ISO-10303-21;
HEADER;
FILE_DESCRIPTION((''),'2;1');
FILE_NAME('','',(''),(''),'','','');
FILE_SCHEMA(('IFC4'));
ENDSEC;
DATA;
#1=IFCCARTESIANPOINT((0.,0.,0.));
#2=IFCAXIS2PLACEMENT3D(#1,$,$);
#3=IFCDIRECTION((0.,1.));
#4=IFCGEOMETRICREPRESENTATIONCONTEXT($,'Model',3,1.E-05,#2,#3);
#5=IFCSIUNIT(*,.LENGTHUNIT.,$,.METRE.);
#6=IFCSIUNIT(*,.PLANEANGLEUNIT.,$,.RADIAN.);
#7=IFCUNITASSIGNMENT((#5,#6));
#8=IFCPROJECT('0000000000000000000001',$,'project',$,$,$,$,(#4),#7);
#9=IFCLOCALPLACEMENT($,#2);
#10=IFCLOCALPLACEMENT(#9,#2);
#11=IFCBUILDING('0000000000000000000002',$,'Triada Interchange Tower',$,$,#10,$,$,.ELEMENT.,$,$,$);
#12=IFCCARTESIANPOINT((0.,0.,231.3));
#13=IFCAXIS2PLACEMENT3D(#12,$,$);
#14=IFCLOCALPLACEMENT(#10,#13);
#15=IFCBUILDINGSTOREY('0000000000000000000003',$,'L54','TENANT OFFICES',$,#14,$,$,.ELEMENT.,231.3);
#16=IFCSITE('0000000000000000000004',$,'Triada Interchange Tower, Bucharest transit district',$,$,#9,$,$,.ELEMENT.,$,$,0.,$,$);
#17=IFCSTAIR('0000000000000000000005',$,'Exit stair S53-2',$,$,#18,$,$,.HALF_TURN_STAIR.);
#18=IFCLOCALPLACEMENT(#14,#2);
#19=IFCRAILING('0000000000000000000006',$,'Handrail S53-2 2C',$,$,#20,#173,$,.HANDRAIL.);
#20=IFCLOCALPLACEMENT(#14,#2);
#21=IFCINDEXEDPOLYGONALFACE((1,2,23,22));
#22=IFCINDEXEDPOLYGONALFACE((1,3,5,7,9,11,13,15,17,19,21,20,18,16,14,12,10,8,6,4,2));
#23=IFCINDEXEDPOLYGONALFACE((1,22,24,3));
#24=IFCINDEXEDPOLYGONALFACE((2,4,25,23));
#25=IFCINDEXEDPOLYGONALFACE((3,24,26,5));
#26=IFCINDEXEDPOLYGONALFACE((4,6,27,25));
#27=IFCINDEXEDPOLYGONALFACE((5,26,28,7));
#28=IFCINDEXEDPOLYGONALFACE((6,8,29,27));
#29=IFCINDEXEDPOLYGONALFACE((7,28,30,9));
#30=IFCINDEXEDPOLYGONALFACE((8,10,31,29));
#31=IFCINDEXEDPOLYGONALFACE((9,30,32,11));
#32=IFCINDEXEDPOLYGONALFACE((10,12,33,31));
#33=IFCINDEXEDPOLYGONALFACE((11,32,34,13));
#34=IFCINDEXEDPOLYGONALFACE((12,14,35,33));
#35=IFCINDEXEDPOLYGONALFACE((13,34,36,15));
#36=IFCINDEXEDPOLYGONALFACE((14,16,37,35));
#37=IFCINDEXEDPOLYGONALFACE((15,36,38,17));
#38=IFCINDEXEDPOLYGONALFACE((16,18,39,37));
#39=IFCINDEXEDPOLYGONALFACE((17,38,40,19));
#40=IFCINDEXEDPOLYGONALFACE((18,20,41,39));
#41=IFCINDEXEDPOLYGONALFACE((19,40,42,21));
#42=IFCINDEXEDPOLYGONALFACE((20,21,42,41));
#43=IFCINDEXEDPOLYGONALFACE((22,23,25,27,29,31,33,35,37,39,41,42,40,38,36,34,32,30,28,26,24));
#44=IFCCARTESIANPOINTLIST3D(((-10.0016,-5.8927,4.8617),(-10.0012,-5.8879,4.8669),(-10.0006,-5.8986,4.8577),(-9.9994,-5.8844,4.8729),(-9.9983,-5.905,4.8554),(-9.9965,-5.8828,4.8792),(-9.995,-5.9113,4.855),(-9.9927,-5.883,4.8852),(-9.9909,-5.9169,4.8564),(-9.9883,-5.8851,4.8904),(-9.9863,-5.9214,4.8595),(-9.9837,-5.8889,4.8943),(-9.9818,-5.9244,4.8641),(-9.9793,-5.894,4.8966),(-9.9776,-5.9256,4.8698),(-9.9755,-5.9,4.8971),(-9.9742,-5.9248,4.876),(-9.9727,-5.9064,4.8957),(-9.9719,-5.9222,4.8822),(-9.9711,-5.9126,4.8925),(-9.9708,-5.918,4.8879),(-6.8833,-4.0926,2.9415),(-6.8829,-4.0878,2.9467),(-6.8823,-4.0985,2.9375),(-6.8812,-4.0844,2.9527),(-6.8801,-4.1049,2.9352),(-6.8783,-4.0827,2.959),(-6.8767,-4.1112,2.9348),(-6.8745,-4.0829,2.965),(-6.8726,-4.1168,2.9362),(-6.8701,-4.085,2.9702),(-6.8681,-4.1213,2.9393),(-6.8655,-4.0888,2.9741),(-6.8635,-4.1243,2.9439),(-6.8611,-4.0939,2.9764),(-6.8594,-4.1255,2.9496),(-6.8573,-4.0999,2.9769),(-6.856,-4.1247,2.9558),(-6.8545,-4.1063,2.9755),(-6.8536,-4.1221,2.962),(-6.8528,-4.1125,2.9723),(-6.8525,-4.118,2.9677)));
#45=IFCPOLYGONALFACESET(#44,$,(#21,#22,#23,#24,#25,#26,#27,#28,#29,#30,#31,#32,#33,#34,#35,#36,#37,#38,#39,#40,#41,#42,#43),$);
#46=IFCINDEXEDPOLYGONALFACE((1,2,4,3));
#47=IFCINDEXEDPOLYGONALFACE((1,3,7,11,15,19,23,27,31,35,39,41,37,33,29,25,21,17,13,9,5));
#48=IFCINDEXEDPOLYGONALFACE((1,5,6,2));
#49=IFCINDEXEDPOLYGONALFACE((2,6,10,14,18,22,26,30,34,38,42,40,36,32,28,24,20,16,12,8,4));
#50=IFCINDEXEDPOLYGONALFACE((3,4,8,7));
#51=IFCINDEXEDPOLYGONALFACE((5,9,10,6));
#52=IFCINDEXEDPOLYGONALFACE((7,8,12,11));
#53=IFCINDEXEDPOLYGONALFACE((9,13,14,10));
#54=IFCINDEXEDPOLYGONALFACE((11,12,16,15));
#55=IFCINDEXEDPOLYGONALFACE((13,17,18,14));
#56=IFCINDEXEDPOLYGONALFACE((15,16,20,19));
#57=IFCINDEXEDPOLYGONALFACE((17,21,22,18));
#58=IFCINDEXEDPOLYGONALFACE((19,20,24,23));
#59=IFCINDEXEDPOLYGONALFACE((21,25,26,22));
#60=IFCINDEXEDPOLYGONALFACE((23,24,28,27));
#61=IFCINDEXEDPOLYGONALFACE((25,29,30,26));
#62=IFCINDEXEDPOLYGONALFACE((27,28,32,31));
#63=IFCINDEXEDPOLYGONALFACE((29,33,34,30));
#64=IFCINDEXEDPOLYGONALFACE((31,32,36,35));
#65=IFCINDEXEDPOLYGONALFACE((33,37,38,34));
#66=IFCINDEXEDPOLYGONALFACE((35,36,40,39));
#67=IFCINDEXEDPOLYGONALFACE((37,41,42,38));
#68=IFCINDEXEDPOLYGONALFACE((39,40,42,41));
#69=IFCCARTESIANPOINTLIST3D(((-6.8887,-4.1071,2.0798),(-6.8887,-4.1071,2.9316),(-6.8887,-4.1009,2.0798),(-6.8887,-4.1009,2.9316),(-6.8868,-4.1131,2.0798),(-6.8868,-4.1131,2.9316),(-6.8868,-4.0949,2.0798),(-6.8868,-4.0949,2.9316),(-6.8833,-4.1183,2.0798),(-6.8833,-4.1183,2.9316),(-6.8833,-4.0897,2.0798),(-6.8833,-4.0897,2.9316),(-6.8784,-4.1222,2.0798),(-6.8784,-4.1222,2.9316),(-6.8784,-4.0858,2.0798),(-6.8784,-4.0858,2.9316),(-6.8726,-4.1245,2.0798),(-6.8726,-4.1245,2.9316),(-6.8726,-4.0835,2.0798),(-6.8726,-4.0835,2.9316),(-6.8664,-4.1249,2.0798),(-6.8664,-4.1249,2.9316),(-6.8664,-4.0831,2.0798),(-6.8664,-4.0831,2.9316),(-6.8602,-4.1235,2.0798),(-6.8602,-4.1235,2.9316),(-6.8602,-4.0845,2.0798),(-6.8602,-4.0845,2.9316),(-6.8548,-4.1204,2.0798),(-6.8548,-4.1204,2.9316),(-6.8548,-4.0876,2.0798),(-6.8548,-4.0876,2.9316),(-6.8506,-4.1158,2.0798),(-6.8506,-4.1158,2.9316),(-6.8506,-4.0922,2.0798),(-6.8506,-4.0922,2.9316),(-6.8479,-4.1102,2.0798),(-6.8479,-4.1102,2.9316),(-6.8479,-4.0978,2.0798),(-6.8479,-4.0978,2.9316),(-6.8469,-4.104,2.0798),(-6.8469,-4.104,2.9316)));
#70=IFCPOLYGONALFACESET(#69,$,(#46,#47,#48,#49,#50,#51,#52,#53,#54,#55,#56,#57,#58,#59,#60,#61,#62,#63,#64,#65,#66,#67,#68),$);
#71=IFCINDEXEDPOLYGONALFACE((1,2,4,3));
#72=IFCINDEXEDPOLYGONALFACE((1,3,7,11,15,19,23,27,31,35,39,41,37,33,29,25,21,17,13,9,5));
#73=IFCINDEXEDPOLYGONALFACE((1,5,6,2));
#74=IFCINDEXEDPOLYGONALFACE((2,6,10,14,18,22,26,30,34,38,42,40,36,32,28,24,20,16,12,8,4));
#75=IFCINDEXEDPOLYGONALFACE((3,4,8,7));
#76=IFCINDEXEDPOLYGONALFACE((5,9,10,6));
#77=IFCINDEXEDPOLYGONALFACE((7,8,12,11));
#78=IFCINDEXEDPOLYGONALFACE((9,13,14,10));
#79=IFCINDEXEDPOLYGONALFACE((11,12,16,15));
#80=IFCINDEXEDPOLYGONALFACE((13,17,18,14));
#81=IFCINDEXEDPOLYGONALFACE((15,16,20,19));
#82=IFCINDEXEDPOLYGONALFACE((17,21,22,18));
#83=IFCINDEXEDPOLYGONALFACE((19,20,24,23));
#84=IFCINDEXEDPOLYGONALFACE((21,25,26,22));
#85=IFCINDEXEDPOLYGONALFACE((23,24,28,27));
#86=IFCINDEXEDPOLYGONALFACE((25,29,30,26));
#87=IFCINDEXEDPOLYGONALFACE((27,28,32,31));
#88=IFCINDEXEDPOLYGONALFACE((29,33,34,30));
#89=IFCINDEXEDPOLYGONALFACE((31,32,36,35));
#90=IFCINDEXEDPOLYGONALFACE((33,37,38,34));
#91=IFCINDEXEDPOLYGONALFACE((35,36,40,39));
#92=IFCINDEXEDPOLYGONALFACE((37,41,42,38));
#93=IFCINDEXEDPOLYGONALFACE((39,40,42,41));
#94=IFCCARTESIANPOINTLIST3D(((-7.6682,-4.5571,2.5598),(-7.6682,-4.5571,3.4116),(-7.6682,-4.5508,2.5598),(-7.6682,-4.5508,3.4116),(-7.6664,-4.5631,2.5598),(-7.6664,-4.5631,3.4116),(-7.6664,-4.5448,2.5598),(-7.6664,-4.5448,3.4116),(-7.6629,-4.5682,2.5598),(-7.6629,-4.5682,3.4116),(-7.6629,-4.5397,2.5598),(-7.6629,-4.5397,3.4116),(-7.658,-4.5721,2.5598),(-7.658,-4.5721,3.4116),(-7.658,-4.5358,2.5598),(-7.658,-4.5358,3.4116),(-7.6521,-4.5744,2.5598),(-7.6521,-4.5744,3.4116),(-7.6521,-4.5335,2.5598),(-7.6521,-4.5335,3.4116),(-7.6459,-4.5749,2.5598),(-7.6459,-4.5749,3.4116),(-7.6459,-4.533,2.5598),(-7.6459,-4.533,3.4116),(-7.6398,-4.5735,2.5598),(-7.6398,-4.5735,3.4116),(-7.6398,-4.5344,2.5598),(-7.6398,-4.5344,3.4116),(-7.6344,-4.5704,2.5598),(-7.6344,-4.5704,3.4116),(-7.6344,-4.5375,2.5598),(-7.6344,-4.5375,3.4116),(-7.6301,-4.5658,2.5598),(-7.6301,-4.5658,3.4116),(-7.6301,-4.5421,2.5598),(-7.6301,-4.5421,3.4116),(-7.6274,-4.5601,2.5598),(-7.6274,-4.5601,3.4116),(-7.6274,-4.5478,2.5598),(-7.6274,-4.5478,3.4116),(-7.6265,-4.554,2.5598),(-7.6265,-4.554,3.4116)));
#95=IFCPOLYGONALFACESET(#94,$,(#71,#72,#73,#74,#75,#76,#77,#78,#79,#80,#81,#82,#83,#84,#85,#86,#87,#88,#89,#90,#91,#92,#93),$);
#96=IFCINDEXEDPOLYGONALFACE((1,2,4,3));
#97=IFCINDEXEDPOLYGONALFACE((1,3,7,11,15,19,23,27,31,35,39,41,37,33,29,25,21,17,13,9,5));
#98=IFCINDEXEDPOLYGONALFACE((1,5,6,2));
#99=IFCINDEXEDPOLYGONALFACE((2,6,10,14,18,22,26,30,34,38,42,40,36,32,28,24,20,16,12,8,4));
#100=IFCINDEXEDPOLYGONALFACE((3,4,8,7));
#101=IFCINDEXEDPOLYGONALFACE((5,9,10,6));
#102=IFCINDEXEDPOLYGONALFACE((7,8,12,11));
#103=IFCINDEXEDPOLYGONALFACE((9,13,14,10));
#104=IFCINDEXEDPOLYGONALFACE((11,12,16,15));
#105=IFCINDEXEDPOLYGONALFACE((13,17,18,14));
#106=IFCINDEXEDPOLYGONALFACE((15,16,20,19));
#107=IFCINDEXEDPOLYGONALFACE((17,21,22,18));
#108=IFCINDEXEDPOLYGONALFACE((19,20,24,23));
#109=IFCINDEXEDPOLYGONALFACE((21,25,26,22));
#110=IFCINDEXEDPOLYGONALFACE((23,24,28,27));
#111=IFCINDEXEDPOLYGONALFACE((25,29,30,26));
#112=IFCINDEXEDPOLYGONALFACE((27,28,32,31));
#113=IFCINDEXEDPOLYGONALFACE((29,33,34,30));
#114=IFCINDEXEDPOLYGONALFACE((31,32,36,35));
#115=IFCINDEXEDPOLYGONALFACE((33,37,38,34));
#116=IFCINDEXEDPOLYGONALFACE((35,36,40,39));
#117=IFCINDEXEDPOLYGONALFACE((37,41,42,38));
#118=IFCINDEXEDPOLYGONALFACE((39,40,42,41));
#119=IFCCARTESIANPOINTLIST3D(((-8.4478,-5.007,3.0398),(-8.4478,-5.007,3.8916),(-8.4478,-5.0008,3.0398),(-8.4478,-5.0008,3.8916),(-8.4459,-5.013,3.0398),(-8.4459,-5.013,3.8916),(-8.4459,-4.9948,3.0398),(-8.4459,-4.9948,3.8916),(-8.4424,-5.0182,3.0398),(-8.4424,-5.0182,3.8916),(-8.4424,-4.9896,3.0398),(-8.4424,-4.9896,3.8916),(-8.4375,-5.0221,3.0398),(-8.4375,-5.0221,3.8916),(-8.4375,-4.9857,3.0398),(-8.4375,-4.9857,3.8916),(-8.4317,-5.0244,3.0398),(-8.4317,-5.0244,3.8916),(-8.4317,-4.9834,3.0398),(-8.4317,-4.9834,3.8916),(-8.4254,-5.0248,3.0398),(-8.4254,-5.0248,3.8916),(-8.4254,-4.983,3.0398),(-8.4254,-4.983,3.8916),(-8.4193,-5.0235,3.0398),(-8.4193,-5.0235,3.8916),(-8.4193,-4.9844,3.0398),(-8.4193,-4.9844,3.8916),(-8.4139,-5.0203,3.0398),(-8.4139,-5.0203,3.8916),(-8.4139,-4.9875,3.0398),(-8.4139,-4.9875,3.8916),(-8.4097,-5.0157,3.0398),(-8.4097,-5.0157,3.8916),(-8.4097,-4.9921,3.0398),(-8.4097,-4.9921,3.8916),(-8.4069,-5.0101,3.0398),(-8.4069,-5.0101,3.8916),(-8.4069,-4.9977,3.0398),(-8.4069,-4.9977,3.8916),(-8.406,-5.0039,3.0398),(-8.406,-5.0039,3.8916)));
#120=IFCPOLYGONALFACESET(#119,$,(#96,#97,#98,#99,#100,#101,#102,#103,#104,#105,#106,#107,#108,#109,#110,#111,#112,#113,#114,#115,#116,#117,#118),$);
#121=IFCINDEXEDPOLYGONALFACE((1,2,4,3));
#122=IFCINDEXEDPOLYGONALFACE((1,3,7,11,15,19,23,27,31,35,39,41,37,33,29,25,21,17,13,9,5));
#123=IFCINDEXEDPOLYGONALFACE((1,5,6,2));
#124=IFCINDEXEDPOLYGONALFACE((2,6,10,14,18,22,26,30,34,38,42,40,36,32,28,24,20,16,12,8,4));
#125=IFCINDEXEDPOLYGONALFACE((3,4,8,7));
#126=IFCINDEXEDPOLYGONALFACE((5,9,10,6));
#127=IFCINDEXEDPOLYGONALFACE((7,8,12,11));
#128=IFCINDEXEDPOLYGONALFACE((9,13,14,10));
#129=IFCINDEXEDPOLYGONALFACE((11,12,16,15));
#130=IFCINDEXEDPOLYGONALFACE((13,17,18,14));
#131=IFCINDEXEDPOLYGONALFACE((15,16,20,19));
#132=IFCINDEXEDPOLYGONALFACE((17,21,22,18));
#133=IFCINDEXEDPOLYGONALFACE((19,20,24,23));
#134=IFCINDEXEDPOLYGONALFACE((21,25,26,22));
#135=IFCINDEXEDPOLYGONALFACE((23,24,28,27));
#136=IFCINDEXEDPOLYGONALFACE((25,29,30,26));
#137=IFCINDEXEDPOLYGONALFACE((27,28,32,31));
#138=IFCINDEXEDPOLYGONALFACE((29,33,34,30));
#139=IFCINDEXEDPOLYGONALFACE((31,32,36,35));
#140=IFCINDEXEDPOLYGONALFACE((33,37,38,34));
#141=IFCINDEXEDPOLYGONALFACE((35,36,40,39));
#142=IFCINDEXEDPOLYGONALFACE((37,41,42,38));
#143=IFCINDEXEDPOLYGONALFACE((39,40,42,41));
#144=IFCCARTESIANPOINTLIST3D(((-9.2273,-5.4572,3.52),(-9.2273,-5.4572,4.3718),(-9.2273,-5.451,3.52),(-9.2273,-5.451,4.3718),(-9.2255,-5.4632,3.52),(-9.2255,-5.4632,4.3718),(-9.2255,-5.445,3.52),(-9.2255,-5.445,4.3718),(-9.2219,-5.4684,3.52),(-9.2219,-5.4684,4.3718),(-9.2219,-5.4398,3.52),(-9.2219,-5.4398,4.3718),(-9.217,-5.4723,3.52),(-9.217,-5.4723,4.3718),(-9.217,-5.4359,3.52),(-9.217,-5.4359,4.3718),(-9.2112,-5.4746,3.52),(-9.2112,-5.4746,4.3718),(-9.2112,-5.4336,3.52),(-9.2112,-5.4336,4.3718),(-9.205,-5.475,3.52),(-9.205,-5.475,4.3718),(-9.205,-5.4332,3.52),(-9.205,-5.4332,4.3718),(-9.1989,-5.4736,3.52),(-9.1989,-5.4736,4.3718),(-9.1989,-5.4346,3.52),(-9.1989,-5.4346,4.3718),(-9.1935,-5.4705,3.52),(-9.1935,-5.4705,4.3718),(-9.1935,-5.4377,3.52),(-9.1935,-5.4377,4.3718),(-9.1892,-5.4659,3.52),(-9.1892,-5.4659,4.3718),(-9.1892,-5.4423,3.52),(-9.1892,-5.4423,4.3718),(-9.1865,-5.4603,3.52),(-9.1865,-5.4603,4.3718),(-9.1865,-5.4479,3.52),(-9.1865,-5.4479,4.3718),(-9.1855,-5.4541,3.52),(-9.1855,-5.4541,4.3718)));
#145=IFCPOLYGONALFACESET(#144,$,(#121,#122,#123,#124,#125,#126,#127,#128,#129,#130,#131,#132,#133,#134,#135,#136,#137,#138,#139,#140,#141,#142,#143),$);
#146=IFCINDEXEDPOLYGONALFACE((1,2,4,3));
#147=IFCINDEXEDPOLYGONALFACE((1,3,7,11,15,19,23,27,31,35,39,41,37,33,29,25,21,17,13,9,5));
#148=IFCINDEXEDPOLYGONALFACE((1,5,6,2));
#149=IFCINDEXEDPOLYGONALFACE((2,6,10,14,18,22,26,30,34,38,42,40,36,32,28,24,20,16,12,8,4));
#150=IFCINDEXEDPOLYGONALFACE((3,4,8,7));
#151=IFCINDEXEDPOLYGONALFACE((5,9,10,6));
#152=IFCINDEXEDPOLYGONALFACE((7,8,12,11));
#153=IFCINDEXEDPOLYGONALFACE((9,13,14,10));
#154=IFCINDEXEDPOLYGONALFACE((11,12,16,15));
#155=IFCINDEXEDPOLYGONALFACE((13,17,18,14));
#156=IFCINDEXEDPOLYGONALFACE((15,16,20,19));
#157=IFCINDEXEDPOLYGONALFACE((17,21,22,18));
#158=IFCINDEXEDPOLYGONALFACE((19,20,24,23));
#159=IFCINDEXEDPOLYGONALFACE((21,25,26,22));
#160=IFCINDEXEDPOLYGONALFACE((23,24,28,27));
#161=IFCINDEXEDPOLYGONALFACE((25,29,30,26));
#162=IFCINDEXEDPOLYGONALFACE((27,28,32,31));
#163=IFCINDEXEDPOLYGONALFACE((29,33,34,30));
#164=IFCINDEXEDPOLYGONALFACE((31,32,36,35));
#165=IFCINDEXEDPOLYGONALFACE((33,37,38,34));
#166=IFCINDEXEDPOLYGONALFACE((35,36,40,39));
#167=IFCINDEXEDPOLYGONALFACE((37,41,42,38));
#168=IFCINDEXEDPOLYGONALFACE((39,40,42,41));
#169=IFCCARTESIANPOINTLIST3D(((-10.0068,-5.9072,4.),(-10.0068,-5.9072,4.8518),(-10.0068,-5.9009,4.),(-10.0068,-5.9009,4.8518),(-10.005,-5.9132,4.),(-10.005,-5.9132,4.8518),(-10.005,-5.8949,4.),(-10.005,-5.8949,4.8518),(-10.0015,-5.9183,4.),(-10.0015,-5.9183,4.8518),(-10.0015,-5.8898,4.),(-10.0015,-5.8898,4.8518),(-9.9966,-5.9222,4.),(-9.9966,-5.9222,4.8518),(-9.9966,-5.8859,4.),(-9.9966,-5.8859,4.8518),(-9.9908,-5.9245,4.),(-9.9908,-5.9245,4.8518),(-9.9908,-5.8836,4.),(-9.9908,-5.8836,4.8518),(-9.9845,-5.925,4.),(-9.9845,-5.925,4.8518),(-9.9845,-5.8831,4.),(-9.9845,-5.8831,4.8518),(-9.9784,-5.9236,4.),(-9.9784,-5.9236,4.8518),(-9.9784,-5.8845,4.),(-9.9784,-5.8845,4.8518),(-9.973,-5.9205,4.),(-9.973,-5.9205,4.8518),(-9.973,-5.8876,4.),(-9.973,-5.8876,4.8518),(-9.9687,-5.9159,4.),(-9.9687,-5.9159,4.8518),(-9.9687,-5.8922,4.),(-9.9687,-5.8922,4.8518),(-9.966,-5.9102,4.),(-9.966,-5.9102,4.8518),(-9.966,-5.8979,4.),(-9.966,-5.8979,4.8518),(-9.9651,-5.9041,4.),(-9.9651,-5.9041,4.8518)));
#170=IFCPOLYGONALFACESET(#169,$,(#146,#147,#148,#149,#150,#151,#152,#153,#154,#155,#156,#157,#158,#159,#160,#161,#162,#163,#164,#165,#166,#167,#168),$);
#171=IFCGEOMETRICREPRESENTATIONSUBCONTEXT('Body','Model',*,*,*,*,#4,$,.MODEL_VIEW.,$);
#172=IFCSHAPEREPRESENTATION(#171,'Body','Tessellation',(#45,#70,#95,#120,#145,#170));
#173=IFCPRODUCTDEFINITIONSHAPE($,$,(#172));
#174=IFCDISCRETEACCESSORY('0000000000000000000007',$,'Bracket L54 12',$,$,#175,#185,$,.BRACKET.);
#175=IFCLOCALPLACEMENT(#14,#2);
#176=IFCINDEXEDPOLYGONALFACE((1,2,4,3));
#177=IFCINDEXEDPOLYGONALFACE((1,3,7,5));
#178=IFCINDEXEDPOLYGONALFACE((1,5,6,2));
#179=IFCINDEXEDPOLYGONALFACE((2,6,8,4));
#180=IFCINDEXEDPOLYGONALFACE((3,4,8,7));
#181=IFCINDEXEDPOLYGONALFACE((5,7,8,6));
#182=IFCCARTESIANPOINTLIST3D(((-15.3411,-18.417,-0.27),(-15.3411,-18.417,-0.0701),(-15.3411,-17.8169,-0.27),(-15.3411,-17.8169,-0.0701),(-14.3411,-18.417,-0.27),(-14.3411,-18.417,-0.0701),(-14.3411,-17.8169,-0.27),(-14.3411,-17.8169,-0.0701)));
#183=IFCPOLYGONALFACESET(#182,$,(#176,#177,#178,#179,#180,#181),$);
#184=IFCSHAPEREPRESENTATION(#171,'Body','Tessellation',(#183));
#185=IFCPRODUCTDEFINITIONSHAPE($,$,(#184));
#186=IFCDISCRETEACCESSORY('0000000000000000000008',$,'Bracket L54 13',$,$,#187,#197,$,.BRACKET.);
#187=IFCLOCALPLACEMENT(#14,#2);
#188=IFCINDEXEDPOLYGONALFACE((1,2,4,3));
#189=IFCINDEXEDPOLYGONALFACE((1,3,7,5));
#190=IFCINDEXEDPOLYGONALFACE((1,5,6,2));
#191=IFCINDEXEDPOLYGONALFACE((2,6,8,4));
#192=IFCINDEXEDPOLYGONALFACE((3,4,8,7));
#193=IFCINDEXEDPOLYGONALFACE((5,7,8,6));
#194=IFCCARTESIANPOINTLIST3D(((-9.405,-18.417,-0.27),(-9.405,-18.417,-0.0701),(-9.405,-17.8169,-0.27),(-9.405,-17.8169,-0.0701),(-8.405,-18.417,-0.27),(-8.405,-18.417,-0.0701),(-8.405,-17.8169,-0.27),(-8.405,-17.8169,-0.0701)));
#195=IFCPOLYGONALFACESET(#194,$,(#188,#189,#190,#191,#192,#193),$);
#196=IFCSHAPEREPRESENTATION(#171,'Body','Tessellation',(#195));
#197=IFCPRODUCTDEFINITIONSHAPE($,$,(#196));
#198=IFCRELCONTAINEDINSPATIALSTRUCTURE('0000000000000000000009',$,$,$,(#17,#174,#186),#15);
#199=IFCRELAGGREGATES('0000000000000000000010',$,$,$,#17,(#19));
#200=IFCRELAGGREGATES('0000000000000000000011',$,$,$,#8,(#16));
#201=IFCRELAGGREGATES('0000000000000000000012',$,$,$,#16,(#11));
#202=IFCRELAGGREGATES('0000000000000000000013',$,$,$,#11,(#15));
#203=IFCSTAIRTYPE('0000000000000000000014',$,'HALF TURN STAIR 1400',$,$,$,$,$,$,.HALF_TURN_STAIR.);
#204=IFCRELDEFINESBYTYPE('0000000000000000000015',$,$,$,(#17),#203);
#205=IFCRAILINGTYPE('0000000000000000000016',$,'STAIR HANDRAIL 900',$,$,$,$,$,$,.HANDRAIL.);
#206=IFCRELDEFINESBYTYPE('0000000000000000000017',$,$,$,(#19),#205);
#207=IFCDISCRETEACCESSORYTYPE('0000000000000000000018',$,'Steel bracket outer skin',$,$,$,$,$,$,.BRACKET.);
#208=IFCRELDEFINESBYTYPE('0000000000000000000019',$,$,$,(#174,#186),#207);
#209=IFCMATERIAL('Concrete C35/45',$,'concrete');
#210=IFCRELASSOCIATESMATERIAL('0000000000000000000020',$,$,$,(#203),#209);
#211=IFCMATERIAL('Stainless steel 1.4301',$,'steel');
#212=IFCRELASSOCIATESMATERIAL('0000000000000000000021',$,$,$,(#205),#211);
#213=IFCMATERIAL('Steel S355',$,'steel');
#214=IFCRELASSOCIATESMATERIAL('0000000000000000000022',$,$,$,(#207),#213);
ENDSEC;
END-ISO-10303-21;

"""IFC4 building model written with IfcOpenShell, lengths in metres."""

from ifc_helpers import new_model, si_unit, direction, frame, origin, origin_2d, place, context, subcontext, project, spatial, rectangle, circle, extrude, material, type_object, element, aggregate, save


model = new_model("IFC4")

# Units and contexts
model_context = context("Model", 3, precision=1e-05, world=origin(), true_north=direction((0.0, 1.0)))
body_context = subcontext(model_context, "Body", "Model", "MODEL_VIEW")
ifc_project = project(units=[si_unit("LENGTHUNIT", "METRE"), si_unit("PLANEANGLEUNIT", "RADIAN")], contexts=[model_context])

# Site, building, storey
site_placement = place(None, origin())
site = spatial("IfcSite", under=ifc_project, at=site_placement, Name="Triada Interchange Tower, Bucharest transit district", CompositionType="ELEMENT", RefElevation=0.0)
building_placement = place(site_placement, origin())
building = spatial("IfcBuilding", under=site, at=building_placement, Name="Triada Interchange Tower", CompositionType="ELEMENT")
storey_placement = place(building_placement, frame((0.0, 0.0, 231.3)))
storey = spatial("IfcBuildingStorey", under=building, at=storey_placement, Name="L54", Description="TENANT OFFICES", CompositionType="ELEMENT", Elevation=231.3)

# Stair
ifc_material_1 = material(Name="Concrete C35/45", Category="concrete")
stair_type = type_object("IfcStairType", Name="HALF TURN STAIR 1400", PredefinedType="HALF_TURN_STAIR", material=ifc_material_1)
stair_placement = place(storey_placement, origin())
stair = element("IfcStair", 1, at=stair_placement, inside=storey, type_object=stair_type, Name="Exit stair S53-2", PredefinedType="HALF_TURN_STAIR")

# Railing
ifc_material_2 = material(Name="Stainless steel 1.4301", Category="steel")
railing_type = type_object("IfcRailingType", Name="STAIR HANDRAIL 900", PredefinedType="HANDRAIL", material=ifc_material_2)
railing_1_placement = place(storey_placement, frame((-6.8679, -4.104, 2.0798)))
railing_1 = element("IfcRailing", 2, at=railing_1_placement, type_object=railing_type, Name="Handrail S53-2 2C", PredefinedType="HANDRAIL", context=body_context, shape_type="SweptSolid", body=[
    extrude(circle(Radius=0.0239, at=origin_2d()), frame((0.0, 0.0, 0.876), z_axis=(-0.76417, -0.441139, 0.470576), x_axis=(0.499953, -0.866052, 0.0)), (0.0, 0.0, 1.0), 4.0806),
    extrude(circle(Radius=0.021, at=origin_2d()), origin(), (0.0, 0.0, 1.0), 0.8518),
    extrude(circle(Radius=0.021, at=origin_2d()), frame((-0.7795, -0.45, 0.48)), (0.0, 0.0, 1.0), 0.8518),
    extrude(circle(Radius=0.021, at=origin_2d()), frame((-1.5591, -0.8999, 0.96)), (0.0, 0.0, 1.0), 0.8518),
    extrude(circle(Radius=0.021, at=origin_2d()), frame((-2.3386, -1.3501, 1.4402)), (0.0, 0.0, 1.0), 0.8518),
    extrude(circle(Radius=0.021, at=origin_2d()), frame((-3.1182, -1.8, 1.9202)), (0.0, 0.0, 1.0), 0.8518),
])
aggregate(stair, [railing_1])

# Discrete accessories
ifc_material_3 = material(Name="Steel S355", Category="steel")
discrete_accessory_type = type_object("IfcDiscreteAccessoryType", Name="Steel bracket outer skin", PredefinedType="BRACKET", material=ifc_material_3)
for number, where, z_axis, x_axis, name in (
    (3, (-14.8411, -18.1169, -0.27), (0.0, 0.0, 1.0), (0.0, -1.0, 0.0), "Bracket L54 12"),
    (4, (-8.905, -18.1169, -0.27), (0.0, 0.0, 1.0), (0.0, -1.0, 0.0), "Bracket L54 13"),
):
    element("IfcDiscreteAccessory", number, at=place(storey_placement, frame(where, z_axis=z_axis, x_axis=x_axis)), inside=storey, type_object=discrete_accessory_type, Name=name, PredefinedType="BRACKET", context=body_context, shape_type="SweptSolid", body=[
        extrude(rectangle(XDim=0.6001, YDim=1.0, at=origin_2d()), origin(), (0.0, 0.0, 1.0), 0.2),
    ])

save(model, "model.ifc")
